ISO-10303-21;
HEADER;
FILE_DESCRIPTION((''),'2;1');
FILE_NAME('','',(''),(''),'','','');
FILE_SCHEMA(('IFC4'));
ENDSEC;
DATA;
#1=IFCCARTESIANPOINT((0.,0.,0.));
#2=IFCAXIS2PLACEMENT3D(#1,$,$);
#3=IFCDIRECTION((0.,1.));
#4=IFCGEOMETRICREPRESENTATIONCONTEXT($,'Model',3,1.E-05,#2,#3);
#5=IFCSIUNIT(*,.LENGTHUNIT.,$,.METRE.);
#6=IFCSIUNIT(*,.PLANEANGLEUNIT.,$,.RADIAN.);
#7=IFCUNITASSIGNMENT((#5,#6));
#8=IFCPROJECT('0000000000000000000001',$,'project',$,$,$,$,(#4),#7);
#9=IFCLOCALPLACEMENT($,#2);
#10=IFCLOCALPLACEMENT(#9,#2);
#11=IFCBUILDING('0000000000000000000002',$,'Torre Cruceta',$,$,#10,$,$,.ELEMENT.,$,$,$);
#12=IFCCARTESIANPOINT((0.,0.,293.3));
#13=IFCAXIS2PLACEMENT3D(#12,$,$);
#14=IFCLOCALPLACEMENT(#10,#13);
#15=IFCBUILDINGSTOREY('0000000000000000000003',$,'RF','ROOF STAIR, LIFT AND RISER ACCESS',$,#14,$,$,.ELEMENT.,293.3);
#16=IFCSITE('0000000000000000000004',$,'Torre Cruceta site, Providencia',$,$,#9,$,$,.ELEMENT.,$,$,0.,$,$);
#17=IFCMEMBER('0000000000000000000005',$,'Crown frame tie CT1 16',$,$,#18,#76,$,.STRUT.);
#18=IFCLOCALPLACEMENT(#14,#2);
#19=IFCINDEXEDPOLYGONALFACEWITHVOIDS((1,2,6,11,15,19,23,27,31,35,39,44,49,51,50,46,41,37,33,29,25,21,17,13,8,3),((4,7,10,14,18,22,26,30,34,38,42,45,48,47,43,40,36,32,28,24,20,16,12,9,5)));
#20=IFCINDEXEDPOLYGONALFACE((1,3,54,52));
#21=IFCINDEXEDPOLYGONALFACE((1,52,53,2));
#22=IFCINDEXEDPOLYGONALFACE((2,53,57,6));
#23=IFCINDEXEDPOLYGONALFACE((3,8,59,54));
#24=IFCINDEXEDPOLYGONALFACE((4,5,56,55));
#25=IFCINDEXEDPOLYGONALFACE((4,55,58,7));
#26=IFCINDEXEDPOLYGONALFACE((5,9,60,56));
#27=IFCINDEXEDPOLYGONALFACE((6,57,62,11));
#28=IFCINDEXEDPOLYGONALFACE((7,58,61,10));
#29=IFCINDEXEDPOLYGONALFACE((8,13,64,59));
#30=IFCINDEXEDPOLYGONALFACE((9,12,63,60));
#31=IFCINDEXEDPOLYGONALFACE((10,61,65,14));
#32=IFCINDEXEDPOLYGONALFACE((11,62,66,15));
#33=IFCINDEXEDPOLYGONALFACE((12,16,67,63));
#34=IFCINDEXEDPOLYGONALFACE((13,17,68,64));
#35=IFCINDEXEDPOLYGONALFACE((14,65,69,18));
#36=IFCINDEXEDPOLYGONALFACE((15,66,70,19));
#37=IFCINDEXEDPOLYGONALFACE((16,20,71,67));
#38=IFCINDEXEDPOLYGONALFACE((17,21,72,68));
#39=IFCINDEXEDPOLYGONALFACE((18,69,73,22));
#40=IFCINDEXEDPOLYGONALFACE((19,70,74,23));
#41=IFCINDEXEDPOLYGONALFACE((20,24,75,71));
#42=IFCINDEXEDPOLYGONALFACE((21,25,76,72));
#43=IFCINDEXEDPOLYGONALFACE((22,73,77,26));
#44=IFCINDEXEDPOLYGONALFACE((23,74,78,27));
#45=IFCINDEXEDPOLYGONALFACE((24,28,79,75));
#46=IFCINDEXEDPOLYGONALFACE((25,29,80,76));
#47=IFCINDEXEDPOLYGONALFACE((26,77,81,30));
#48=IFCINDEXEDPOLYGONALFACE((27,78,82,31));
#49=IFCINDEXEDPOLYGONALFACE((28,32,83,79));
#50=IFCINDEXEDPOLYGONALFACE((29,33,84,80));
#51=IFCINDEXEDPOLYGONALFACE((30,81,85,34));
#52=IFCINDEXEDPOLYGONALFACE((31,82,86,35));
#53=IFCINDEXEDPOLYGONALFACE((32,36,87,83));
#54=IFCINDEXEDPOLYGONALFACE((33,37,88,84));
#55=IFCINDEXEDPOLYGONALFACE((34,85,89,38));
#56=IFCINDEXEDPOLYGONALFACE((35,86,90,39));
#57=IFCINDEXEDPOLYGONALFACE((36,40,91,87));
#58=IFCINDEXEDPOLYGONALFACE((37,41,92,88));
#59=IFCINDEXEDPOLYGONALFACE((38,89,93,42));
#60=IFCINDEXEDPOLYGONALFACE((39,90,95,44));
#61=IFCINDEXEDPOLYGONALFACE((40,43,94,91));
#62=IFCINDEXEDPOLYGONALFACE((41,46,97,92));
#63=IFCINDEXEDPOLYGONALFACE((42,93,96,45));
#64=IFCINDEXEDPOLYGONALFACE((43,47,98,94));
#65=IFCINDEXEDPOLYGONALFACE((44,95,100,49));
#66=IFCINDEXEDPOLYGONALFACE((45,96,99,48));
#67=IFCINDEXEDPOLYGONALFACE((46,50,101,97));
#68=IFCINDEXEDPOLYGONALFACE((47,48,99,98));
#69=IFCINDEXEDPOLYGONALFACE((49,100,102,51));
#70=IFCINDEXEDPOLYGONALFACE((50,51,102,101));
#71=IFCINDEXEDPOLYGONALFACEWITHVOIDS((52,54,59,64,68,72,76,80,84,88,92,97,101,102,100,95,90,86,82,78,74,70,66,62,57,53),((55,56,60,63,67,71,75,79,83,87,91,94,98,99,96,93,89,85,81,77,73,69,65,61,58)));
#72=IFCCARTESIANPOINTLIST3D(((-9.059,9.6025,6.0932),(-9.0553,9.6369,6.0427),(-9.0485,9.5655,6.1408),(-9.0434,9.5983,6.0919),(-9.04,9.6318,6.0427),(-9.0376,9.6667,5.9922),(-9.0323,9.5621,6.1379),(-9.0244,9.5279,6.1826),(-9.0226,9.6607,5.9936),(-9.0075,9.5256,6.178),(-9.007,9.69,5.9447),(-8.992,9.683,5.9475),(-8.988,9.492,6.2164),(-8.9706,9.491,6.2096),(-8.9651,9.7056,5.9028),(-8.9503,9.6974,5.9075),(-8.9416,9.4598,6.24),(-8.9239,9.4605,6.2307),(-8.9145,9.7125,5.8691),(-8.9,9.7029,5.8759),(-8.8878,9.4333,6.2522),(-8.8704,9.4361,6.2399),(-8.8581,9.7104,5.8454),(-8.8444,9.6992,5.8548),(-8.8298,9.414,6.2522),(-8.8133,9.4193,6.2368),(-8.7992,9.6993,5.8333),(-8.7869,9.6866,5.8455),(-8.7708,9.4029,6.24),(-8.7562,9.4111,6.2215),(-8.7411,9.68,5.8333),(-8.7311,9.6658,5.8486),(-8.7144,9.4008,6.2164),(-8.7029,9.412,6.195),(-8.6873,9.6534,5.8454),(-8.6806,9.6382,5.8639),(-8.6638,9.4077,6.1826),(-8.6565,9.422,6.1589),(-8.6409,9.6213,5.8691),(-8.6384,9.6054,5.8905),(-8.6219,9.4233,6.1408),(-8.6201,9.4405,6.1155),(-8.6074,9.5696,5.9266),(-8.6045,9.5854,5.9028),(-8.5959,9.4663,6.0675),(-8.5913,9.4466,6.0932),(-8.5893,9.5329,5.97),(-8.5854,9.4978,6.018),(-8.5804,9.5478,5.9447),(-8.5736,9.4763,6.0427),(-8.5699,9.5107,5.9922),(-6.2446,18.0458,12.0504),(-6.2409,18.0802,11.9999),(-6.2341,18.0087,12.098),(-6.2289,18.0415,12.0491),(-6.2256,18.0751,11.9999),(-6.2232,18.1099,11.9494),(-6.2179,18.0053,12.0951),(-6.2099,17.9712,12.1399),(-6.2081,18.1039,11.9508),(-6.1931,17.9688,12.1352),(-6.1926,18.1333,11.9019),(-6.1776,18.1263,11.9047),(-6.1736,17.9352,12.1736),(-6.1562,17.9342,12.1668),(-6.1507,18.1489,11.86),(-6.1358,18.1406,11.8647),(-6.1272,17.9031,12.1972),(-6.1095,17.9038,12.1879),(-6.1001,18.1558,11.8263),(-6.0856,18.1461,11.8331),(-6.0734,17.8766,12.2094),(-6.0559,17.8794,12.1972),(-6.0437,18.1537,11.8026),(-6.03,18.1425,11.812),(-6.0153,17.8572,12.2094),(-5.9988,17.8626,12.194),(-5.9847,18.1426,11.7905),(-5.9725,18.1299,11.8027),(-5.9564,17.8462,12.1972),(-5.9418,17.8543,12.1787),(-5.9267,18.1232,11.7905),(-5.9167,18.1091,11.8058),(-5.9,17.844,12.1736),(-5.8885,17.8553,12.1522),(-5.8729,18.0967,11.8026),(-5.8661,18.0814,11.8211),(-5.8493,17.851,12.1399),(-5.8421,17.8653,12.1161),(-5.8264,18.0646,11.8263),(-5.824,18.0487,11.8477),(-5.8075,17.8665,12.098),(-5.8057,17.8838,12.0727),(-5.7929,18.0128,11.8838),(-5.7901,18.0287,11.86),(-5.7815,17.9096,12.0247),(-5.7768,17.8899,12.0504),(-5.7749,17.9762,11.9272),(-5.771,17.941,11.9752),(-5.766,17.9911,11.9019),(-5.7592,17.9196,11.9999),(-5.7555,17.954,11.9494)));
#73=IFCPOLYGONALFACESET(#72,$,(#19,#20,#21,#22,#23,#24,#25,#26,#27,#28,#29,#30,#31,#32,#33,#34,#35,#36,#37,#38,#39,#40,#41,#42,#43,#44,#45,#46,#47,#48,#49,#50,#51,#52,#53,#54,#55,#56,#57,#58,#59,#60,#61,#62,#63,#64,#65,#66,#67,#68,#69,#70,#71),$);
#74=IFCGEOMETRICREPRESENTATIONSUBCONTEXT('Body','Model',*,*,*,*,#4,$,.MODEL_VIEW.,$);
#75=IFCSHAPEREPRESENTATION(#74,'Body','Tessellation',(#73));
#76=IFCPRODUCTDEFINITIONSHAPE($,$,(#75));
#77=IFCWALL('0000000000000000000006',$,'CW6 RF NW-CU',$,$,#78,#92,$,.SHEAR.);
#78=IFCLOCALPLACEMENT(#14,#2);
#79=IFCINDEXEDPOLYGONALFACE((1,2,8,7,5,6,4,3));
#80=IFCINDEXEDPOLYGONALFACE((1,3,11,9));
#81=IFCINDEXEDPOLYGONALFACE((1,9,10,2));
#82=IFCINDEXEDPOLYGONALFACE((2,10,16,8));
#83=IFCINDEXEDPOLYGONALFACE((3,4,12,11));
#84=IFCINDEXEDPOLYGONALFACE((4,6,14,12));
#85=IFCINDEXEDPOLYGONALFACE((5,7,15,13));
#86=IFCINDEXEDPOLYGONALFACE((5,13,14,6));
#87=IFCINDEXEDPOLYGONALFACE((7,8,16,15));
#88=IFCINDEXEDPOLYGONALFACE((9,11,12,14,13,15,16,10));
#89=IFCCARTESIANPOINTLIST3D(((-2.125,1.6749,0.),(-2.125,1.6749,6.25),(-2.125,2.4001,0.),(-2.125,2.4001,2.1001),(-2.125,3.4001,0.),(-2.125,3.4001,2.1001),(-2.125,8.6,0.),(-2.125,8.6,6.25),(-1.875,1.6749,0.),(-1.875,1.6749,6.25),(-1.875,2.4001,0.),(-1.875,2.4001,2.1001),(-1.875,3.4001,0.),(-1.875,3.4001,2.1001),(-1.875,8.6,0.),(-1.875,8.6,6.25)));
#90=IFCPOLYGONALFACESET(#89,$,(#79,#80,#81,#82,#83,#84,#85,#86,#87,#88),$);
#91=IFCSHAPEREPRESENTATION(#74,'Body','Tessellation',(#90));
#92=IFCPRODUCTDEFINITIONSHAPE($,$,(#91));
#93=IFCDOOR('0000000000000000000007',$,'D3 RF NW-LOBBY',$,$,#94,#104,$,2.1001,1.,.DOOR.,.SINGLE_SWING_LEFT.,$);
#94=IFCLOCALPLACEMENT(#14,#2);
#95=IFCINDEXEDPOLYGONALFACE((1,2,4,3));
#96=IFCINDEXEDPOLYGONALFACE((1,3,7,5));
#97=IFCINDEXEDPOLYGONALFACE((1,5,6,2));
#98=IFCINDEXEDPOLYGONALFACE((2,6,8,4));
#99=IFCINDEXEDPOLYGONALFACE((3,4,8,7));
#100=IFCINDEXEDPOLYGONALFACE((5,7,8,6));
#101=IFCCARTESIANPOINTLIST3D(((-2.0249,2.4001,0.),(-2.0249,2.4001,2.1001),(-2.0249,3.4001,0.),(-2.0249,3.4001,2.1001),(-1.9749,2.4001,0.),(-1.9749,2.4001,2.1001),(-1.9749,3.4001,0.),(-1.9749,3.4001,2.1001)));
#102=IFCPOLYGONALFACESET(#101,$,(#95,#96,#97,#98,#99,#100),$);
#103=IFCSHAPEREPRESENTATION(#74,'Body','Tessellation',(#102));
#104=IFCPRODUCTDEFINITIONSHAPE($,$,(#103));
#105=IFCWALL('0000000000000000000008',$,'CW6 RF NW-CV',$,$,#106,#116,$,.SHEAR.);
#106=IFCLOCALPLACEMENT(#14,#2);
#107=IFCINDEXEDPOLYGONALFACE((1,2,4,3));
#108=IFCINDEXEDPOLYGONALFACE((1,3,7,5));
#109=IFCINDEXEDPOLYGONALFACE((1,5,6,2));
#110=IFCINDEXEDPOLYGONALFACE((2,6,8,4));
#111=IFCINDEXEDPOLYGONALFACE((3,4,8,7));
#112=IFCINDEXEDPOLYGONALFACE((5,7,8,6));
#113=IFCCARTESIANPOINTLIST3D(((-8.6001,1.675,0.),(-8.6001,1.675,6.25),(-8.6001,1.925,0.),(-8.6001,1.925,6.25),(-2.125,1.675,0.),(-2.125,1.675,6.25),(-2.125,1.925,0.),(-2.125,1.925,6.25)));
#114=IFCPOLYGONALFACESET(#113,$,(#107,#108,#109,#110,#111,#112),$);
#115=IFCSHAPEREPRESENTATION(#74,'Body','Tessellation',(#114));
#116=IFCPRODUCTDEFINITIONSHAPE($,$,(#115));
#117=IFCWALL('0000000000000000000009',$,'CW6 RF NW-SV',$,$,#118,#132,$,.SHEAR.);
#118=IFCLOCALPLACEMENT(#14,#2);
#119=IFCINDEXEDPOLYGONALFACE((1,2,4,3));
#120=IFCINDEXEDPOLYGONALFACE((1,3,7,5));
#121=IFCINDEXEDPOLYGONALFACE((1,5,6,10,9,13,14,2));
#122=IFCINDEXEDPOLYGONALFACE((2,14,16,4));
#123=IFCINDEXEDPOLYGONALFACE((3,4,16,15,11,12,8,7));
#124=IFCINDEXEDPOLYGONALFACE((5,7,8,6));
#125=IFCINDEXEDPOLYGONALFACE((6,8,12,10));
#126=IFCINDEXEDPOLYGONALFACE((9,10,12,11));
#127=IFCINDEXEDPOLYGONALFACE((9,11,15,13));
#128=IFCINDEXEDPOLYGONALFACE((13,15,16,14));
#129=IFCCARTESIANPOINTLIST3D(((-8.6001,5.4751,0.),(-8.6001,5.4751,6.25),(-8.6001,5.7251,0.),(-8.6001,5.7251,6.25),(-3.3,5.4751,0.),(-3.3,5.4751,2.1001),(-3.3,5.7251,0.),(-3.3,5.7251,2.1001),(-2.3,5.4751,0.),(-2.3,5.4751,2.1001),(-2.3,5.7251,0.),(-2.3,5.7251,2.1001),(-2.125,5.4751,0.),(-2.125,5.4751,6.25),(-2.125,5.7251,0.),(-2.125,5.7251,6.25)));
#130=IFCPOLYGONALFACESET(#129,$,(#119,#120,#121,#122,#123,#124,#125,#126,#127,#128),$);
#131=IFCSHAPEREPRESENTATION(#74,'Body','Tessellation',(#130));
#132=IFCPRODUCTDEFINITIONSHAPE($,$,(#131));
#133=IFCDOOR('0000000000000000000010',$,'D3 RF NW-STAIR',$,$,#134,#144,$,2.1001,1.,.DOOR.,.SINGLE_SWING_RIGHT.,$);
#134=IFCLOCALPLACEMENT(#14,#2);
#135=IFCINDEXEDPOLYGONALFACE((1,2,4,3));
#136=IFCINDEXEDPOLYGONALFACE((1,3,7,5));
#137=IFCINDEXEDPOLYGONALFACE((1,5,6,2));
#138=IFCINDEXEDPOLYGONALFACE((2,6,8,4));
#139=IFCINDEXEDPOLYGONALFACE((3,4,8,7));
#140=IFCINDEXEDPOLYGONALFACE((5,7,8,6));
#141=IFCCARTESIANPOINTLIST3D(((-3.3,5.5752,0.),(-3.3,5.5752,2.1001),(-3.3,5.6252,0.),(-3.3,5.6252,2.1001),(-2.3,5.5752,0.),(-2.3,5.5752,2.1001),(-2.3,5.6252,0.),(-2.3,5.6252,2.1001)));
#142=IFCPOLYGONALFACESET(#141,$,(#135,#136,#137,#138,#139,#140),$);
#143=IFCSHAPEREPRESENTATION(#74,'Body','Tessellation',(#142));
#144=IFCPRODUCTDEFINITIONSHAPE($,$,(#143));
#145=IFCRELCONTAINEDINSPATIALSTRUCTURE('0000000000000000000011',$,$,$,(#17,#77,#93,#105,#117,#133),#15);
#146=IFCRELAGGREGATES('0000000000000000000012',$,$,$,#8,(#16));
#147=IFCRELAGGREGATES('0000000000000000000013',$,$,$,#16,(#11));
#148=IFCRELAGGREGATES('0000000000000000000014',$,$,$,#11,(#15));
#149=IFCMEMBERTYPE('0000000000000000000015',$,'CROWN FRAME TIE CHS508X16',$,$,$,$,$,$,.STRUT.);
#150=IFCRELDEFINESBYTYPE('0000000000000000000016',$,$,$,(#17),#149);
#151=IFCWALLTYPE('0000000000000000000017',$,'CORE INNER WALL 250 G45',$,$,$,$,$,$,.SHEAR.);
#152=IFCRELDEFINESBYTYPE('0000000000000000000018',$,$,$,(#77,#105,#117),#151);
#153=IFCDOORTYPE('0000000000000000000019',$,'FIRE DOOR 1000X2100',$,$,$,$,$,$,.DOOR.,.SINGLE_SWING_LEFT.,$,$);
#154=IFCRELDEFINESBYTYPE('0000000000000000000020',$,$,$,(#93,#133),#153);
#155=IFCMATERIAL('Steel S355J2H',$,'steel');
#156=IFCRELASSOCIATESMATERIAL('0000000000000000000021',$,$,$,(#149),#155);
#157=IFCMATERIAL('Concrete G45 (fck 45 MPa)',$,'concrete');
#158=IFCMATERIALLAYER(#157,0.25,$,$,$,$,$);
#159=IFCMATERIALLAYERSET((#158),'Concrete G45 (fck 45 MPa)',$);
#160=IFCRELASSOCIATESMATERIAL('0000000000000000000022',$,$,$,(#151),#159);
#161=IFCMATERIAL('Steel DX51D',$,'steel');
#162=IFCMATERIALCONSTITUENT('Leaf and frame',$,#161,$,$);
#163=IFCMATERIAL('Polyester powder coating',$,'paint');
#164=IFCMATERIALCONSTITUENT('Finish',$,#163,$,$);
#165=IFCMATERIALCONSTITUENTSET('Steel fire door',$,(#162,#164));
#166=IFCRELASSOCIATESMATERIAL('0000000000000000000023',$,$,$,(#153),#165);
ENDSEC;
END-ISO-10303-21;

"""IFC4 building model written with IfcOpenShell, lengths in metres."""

from ifc_helpers import new_model, si_unit, direction, frame, frame_2d, origin, origin_2d, place, context, subcontext, project, spatial, rectangle, hollow_circle, extrude, material, layer, layer_set, constituent, constituent_set, material_profile, profile_set, type_object, element, fill, save


model = new_model("IFC4")

# Units and contexts
model_context = context("Model", 3, precision=1e-05, world=origin(), true_north=direction((0.0, 1.0)))
body_context = subcontext(model_context, "Body", "Model", "MODEL_VIEW")
ifc_project = project(units=[si_unit("LENGTHUNIT", "METRE"), si_unit("PLANEANGLEUNIT", "RADIAN")], contexts=[model_context])

# Site, building, storey
site_placement = place(None, origin())
site = spatial("IfcSite", under=ifc_project, at=site_placement, Name="Torre Cruceta site, Providencia", CompositionType="ELEMENT", RefElevation=0.0)
building_placement = place(site_placement, origin())
building = spatial("IfcBuilding", under=site, at=building_placement, Name="Torre Cruceta", CompositionType="ELEMENT")
storey_placement = place(building_placement, frame((0.0, 0.0, 293.3)))
storey = spatial("IfcBuildingStorey", under=building, at=storey_placement, Name="RF", Description="ROOF STAIR, LIFT AND RISER ACCESS", CompositionType="ELEMENT", Elevation=293.3)

# Member
ifc_material_1 = material(Name="Steel S355J2H", Category="steel")
ifc_material_profile_1 = material_profile(ifc_material_1, hollow_circle(Radius=0.2539, WallThickness=0.0161, at=origin_2d()), Name="CHS508X16")
ifc_profile_set_1 = profile_set([ifc_material_profile_1], Name="Steel S355J2H")
member_type_1 = type_object("IfcMemberType", Name="CROWN FRAME TIE CHS508X16", PredefinedType="STRUT", material=ifc_profile_set_1)
member_1_placement = place(storey_placement, frame((-8.8145, 9.5566, 6.0427), z_axis=(0.262791, 0.788374, 0.556243), x_axis=(-0.948683, 0.316228, 0.0)))
element("IfcMember", 1, at=member_1_placement, inside=storey, type_object=member_type_1, Name="Crown frame tie CT1 16", PredefinedType="STRUT", context=body_context, shape_type="SweptSolid", body=[
    extrude(hollow_circle(Radius=0.2539, WallThickness=0.0161, at=origin_2d()), origin(), (0.0, 0.0, 1.0), 10.7097),
])

# Wall, opening, door
ifc_material_2 = material(Name="Concrete G45 (fck 45 MPa)", Category="concrete")
ifc_layer_1 = layer(ifc_material_2, 0.25)
ifc_layer_set_1 = layer_set([ifc_layer_1], Name="Concrete G45 (fck 45 MPa)")
wall_type_1 = type_object("IfcWallType", Name="CORE INNER WALL 250 G45", PredefinedType="SHEAR", material=ifc_layer_set_1)
wall_1_placement = place(storey_placement, frame((-2.0, 1.675, 0.0), z_axis=(0.0, 0.0, 1.0), x_axis=(0.0, 1.0, 0.0)))
wall_1 = element("IfcWall", 2, at=wall_1_placement, inside=storey, type_object=wall_type_1, Name="CW6 RF NW-CU", PredefinedType="SHEAR", context=body_context, shape_type="SweptSolid", body=[
    extrude(rectangle(XDim=6.925, YDim=0.25, at=frame_2d((3.4624, 0.0))), origin(), (0.0, 0.0, 1.0), 6.25),
])
opening_1_placement = place(wall_1_placement, frame((0.7251, 0.0, 0.0)))
opening_1 = element("IfcOpeningElement", 3, at=opening_1_placement, cuts=wall_1, PredefinedType="OPENING", context=body_context, shape_type="SweptSolid", body=[
    extrude(rectangle(XDim=1.0, YDim=2.1001, at=frame_2d((0.5, 1.05))), frame((0.0, 0.135, 0.0), z_axis=(0.0, -1.0, 0.0), x_axis=(1.0, 0.0, 0.0)), (0.0, 0.0, 1.0), 0.27),
])
ifc_material_3 = material(Name="Steel DX51D", Category="steel")
ifc_constituent_1 = constituent(ifc_material_3, Name="Leaf and frame")
ifc_material_4 = material(Name="Polyester powder coating", Category="paint")
ifc_constituent_2 = constituent(ifc_material_4, Name="Finish")
ifc_constituent_set_1 = constituent_set(constituents=[ifc_constituent_1, ifc_constituent_2], Name="Steel fire door")
door_type_1 = type_object("IfcDoorType", Name="FIRE DOOR 1000X2100", OperationType="SINGLE_SWING_LEFT", PredefinedType="DOOR", material=ifc_constituent_set_1)
door_1_placement = place(opening_1_placement, origin())
door_1 = element("IfcDoor", 4, at=door_1_placement, inside=storey, type_object=door_type_1, Name="D3 RF NW-LOBBY", OperationType="SINGLE_SWING_LEFT", OverallHeight=2.1001, OverallWidth=1.0, PredefinedType="DOOR", context=body_context, shape_type="SweptSolid", body=[
    extrude(rectangle(XDim=1.0, YDim=2.1001, at=frame_2d((0.5, 1.05))), frame((0.0, 0.0249, 0.0), z_axis=(0.0, -1.0, 0.0), x_axis=(1.0, 0.0, 0.0)), (0.0, 0.0, 1.0), 0.05),
])
fill(opening_1, door_1)

# Wall
wall_2_placement = place(storey_placement, frame((-2.125, 1.8, 0.0), z_axis=(0.0, 0.0, 1.0), x_axis=(-1.0, 0.0, 0.0)))
element("IfcWall", 5, at=wall_2_placement, inside=storey, type_object=wall_type_1, Name="CW6 RF NW-CV", PredefinedType="SHEAR", context=body_context, shape_type="SweptSolid", body=[
    extrude(rectangle(XDim=6.4751, YDim=0.25, at=frame_2d((3.2375, 0.0))), origin(), (0.0, 0.0, 1.0), 6.25),
])

# Wall, opening, door
wall_3_placement = place(storey_placement, frame((-2.125, 5.6001, 0.0), z_axis=(0.0, 0.0, 1.0), x_axis=(-1.0, 0.0, 0.0)))
wall_3 = element("IfcWall", 6, at=wall_3_placement, inside=storey, type_object=wall_type_1, Name="CW6 RF NW-SV", PredefinedType="SHEAR", context=body_context, shape_type="SweptSolid", body=[
    extrude(rectangle(XDim=6.4751, YDim=0.25, at=frame_2d((3.2375, 0.0))), origin(), (0.0, 0.0, 1.0), 6.25),
])
opening_2_placement = place(wall_3_placement, frame((0.175, 0.0, 0.0)))
opening_2 = element("IfcOpeningElement", 7, at=opening_2_placement, cuts=wall_3, PredefinedType="OPENING", context=body_context, shape_type="SweptSolid", body=[
    extrude(rectangle(XDim=1.0, YDim=2.1001, at=frame_2d((0.5, 1.05))), frame((0.0, 0.135, 0.0), z_axis=(0.0, -1.0, 0.0), x_axis=(1.0, 0.0, 0.0)), (0.0, 0.0, 1.0), 0.27),
])
door_2_placement = place(opening_2_placement, frame((1.0, 0.0, 0.0), z_axis=(0.0, 0.0, 1.0), x_axis=(-1.0, 0.0, 0.0)))
door_2 = element("IfcDoor", 8, at=door_2_placement, inside=storey, type_object=door_type_1, Name="D3 RF NW-STAIR", OperationType="SINGLE_SWING_RIGHT", OverallHeight=2.1001, OverallWidth=1.0, PredefinedType="DOOR", context=body_context, shape_type="SweptSolid", body=[
    extrude(rectangle(XDim=1.0, YDim=2.1001, at=frame_2d((0.5, 1.05))), frame((0.0, 0.0251, 0.0), z_axis=(0.0, -1.0, 0.0), x_axis=(1.0, 0.0, 0.0)), (0.0, 0.0, 1.0), 0.05),
])
fill(opening_2, door_2)

save(model, "model.ifc")
